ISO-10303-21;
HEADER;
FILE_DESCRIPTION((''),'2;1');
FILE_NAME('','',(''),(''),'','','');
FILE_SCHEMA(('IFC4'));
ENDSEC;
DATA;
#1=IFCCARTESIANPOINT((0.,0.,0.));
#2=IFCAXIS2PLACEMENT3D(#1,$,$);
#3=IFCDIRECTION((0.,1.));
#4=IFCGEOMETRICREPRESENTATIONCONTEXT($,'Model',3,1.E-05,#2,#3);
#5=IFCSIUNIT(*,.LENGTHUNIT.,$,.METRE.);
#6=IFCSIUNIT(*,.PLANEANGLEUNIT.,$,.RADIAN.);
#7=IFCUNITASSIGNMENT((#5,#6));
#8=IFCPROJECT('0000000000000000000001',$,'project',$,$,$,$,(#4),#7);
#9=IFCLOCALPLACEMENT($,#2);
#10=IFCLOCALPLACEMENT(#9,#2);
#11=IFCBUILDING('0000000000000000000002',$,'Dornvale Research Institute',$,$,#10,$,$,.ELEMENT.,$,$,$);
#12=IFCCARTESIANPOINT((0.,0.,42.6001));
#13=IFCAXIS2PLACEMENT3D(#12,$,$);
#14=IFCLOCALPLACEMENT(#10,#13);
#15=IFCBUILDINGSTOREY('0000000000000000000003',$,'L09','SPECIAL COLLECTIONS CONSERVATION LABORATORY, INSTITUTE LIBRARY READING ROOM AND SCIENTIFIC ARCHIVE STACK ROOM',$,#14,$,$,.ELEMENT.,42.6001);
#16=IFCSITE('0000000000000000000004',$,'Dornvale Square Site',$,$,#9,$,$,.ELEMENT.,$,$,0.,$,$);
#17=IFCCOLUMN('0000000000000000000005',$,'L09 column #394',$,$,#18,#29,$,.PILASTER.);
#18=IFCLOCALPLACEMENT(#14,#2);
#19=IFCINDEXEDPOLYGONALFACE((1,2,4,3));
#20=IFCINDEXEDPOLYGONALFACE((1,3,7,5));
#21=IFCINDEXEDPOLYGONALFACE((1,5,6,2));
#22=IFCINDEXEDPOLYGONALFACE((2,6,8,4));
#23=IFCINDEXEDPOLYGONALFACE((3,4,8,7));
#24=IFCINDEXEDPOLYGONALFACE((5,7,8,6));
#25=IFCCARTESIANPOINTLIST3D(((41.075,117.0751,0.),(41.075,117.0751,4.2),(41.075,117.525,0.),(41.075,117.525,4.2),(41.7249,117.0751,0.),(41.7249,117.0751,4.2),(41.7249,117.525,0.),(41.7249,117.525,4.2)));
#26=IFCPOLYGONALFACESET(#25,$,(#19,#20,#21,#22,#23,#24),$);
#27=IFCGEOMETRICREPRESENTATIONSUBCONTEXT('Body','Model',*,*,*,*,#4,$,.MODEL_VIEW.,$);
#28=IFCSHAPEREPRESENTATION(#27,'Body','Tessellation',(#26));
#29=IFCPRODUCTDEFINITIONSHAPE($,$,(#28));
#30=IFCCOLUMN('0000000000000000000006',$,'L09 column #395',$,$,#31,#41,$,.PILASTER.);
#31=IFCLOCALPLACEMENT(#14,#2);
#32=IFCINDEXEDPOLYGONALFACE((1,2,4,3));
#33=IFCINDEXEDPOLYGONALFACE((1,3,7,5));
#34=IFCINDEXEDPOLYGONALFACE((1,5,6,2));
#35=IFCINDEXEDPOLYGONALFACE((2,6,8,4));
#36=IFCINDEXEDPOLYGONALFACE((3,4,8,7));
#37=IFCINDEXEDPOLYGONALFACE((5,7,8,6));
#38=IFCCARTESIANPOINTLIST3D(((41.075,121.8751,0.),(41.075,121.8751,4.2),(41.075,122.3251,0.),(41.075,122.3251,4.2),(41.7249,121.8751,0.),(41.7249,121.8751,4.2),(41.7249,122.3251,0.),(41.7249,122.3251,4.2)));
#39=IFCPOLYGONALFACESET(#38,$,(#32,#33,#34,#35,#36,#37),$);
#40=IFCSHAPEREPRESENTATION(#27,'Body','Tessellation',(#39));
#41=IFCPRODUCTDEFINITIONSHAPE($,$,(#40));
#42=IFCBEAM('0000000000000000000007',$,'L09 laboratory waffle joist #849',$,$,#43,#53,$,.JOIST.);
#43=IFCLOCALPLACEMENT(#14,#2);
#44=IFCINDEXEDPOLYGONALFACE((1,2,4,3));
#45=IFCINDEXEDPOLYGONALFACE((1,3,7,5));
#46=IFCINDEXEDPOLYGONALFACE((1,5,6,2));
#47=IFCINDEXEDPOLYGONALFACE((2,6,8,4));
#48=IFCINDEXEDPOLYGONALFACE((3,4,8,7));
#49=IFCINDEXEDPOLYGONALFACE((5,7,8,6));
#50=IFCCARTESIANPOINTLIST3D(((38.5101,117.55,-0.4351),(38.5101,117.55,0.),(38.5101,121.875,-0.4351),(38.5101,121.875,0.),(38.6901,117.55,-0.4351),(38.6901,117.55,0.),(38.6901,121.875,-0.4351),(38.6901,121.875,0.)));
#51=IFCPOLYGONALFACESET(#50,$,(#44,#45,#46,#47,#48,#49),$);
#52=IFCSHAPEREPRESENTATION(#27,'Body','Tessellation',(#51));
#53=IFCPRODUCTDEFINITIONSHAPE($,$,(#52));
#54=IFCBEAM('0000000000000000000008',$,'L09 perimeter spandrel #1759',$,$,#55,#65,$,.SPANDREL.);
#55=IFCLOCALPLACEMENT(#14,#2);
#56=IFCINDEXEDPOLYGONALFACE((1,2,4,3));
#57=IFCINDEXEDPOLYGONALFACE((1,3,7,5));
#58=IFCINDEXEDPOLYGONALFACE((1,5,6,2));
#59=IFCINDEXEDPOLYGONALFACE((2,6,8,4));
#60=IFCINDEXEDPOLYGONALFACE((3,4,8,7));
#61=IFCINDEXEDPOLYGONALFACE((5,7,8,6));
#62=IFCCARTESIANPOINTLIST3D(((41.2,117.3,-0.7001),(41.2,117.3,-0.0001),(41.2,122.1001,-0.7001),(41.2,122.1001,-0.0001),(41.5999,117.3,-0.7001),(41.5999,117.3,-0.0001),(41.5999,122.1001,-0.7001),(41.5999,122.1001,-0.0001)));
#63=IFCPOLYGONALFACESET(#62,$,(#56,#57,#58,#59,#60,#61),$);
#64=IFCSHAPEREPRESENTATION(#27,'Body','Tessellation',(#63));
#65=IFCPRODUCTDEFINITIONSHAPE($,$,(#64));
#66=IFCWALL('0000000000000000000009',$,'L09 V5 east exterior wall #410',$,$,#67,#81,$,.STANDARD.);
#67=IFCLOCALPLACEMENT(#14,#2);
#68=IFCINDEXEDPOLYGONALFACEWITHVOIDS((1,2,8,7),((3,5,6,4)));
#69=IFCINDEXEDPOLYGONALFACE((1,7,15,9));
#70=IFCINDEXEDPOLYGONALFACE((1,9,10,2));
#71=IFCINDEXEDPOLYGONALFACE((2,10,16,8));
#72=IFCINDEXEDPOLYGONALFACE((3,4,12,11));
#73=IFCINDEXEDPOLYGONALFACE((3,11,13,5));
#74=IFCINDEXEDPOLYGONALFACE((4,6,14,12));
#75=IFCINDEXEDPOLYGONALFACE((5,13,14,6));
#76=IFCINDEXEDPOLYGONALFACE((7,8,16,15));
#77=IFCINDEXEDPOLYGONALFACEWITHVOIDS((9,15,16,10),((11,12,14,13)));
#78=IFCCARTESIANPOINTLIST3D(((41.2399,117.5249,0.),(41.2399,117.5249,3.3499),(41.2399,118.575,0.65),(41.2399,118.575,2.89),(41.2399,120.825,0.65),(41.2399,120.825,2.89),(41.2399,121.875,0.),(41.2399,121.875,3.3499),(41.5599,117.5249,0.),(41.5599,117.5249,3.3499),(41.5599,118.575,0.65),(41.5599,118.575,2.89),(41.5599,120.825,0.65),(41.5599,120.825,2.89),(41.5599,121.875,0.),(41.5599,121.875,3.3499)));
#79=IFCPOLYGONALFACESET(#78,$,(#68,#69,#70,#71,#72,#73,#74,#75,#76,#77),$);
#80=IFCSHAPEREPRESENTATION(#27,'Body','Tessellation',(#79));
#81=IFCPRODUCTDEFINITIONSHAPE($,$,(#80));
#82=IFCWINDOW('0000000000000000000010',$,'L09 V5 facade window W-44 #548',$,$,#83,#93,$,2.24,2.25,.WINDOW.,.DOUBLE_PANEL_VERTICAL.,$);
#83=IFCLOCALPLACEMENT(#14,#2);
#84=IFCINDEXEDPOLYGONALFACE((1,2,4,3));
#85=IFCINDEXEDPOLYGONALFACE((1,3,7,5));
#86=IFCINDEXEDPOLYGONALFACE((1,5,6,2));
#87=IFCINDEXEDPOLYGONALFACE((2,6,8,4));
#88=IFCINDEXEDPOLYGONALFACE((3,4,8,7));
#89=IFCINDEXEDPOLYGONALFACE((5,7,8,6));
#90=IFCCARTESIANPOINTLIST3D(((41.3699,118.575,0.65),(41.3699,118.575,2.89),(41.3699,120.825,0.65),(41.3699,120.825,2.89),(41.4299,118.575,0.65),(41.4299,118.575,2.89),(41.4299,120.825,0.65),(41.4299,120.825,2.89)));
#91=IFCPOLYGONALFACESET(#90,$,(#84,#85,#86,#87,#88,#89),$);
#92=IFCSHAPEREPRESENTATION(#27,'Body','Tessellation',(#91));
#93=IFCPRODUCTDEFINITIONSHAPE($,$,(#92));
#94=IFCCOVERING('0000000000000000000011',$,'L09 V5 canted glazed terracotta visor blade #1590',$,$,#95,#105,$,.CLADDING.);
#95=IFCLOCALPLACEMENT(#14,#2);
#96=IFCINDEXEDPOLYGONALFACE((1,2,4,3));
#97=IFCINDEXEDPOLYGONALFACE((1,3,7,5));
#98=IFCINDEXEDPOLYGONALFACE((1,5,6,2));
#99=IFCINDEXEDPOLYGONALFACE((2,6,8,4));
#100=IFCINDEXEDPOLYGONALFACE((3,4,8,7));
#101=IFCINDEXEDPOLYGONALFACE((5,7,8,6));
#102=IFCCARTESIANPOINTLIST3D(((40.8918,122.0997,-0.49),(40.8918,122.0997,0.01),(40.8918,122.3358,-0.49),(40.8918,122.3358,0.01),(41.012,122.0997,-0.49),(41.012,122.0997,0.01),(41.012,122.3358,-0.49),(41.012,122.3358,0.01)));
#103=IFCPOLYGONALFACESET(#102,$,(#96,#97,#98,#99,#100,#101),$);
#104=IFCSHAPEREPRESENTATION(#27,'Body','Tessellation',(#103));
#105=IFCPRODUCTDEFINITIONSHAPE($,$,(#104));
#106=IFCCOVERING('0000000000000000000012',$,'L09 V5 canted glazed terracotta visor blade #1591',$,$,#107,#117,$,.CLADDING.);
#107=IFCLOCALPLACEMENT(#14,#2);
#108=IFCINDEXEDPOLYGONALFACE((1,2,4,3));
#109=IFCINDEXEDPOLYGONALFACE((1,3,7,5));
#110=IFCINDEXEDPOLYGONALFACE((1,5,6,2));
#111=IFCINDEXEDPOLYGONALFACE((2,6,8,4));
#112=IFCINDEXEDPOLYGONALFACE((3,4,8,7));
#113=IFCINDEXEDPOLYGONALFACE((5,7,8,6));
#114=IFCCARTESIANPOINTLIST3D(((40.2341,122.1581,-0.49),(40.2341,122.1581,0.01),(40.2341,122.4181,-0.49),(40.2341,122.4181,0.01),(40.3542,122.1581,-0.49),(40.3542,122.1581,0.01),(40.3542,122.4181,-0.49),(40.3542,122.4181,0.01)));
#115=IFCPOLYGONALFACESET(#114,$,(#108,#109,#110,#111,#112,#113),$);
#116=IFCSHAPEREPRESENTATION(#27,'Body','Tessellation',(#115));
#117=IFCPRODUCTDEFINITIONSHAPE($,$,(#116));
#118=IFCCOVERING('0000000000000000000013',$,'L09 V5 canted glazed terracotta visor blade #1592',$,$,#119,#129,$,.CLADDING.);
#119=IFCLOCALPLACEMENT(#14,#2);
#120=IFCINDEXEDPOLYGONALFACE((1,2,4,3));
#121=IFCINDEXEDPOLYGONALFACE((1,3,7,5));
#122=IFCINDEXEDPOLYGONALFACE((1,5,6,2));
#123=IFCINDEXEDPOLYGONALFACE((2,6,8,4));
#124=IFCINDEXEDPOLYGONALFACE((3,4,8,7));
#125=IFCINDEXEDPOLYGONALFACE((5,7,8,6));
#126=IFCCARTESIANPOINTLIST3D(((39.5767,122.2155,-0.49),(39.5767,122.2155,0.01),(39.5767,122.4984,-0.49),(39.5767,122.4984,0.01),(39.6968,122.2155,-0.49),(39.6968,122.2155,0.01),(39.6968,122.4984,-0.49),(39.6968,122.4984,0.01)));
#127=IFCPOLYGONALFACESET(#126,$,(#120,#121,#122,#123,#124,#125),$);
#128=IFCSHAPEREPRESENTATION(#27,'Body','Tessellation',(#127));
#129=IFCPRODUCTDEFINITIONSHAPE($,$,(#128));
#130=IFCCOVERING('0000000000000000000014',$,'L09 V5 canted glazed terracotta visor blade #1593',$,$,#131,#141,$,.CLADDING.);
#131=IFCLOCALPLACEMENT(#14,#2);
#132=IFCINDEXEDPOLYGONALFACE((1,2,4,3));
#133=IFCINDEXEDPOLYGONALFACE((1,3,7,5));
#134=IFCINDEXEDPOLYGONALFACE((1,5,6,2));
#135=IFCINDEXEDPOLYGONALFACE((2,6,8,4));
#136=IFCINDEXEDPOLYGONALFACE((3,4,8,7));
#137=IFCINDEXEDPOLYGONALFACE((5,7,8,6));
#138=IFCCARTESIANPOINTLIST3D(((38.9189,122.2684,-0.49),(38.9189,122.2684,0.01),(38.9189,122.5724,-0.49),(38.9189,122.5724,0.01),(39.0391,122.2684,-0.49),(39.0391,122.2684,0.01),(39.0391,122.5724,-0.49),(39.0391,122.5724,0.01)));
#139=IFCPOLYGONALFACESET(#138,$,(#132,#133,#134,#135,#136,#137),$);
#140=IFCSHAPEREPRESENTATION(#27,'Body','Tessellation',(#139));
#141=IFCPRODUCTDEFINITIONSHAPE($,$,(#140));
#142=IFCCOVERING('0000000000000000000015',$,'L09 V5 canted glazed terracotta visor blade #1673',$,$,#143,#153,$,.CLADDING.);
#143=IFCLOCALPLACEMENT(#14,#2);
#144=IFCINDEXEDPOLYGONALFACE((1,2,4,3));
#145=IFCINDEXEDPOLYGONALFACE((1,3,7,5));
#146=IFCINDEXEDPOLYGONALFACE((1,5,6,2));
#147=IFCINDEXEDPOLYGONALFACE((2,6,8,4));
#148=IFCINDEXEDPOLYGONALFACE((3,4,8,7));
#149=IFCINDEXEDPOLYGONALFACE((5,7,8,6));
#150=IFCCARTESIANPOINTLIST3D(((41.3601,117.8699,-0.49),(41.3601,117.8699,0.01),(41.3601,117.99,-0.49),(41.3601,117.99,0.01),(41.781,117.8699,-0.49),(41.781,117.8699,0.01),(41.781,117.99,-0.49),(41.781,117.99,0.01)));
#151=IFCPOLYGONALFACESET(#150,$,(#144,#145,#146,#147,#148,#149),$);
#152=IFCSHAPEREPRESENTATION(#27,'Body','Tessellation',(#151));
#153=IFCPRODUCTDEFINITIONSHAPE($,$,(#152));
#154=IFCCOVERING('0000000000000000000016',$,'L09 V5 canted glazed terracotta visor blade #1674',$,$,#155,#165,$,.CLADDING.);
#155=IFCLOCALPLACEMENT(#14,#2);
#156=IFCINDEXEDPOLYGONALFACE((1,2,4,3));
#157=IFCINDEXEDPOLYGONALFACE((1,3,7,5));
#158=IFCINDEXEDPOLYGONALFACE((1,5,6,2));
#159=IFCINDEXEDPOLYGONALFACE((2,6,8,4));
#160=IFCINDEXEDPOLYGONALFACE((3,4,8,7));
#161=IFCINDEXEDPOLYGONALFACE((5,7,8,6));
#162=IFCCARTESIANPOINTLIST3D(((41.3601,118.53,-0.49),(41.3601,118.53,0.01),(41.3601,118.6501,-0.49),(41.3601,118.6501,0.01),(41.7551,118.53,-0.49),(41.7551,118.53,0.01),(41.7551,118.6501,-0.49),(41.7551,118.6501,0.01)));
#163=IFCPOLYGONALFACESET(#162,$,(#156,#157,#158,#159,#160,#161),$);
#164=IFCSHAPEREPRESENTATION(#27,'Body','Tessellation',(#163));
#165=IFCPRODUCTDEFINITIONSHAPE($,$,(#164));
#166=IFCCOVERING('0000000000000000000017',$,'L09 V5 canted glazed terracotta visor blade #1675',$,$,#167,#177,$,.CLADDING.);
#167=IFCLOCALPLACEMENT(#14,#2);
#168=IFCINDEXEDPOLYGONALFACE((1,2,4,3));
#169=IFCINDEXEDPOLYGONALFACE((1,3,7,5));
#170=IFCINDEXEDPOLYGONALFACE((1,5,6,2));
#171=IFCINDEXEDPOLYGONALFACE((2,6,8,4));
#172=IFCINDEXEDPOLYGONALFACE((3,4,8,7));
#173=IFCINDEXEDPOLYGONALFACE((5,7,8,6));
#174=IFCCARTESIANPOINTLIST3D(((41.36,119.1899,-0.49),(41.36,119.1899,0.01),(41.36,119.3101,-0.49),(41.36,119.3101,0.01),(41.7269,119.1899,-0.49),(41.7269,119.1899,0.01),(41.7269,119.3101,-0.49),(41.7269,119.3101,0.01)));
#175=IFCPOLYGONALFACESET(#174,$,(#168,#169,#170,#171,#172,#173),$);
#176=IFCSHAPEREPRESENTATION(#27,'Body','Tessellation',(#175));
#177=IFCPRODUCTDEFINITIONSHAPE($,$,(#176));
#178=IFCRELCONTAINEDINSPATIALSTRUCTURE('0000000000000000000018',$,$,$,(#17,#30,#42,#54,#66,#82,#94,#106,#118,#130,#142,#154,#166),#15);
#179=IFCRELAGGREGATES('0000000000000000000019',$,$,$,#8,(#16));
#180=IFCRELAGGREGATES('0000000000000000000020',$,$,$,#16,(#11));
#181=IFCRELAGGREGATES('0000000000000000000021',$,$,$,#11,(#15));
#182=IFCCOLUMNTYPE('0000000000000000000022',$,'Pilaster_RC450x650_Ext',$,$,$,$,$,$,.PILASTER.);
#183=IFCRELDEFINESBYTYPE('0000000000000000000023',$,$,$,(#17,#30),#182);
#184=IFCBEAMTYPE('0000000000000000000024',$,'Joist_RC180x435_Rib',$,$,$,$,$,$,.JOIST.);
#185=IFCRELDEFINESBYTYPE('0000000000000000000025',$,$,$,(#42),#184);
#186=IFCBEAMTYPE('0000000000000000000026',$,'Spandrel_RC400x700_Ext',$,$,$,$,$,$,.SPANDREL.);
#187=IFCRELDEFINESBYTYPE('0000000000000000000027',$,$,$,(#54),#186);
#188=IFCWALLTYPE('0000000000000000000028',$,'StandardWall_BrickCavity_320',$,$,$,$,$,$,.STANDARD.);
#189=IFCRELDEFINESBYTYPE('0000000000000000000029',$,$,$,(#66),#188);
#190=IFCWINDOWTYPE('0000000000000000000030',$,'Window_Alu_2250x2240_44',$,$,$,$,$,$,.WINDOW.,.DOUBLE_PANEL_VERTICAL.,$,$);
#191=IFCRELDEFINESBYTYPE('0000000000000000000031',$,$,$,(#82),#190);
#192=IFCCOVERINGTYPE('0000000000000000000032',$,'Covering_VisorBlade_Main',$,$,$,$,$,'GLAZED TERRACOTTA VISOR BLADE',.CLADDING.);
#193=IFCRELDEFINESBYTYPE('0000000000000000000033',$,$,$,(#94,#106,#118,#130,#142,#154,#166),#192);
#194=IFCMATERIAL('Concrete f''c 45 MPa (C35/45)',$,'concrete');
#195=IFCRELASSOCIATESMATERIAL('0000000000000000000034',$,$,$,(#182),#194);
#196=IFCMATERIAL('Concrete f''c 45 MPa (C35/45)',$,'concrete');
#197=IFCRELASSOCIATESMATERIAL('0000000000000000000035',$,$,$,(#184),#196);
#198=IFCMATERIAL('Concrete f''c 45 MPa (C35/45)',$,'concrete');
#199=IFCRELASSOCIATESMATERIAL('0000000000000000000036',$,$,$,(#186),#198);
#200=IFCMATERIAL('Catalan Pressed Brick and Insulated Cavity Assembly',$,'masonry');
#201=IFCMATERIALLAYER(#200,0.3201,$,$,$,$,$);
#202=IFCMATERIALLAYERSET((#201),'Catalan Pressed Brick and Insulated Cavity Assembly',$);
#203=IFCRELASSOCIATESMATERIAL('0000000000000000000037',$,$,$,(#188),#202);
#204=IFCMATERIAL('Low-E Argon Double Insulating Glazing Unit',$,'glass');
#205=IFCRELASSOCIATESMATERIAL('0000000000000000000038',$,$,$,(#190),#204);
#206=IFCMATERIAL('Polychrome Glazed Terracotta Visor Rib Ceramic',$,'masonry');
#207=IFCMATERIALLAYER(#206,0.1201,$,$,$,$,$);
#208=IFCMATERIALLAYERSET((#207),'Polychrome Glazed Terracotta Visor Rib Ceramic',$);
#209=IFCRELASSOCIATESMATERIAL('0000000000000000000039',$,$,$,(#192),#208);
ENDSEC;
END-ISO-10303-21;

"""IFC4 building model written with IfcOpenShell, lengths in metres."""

from ifc_helpers import new_model, si_unit, direction, frame, frame_2d, origin, origin_2d, place, context, subcontext, project, spatial, rectangle, extrude, material, layer, layer_set, material_profile, profile_set, type_object, element, fill, save


model = new_model("IFC4")

# Units and contexts
model_context = context("Model", 3, precision=1e-05, world=origin(), true_north=direction((0.0, 1.0)))
body_context = subcontext(model_context, "Body", "Model", "MODEL_VIEW")
ifc_project = project(units=[si_unit("LENGTHUNIT", "METRE"), si_unit("PLANEANGLEUNIT", "RADIAN")], contexts=[model_context])

# Site, building, storey
site_placement = place(None, origin())
site = spatial("IfcSite", under=ifc_project, at=site_placement, Name="Dornvale Square Site", CompositionType="ELEMENT", RefElevation=0.0)
building_placement = place(site_placement, origin())
building = spatial("IfcBuilding", under=site, at=building_placement, Name="Dornvale Research Institute", CompositionType="ELEMENT")
storey_placement = place(building_placement, frame((0.0, 0.0, 42.6001)))
storey = spatial("IfcBuildingStorey", under=building, at=storey_placement, Name="L09", Description="SPECIAL COLLECTIONS CONSERVATION LABORATORY, INSTITUTE LIBRARY READING ROOM AND SCIENTIFIC ARCHIVE STACK ROOM", CompositionType="ELEMENT", Elevation=42.6001)

# Columns
ifc_material_1 = material(Name="Concrete f'c 45 MPa (C35/45)", Category="concrete")
ifc_material_profile_1 = material_profile(ifc_material_1, rectangle(XDim=0.45, YDim=0.6499, at=origin_2d()), Name="RC 450x650")
ifc_profile_set_1 = profile_set([ifc_material_profile_1], Name="Concrete f'c 45 MPa (C35/45)")
column_type = type_object("IfcColumnType", Name="Pilaster_RC450x650_Ext", PredefinedType="PILASTER", material=ifc_profile_set_1)
for number, where, z_axis, x_axis, name in (
    (1, (41.3999, 117.3, 0.0), (0.0, 0.0, 1.0), (0.0, 1.0, 0.0), "L09 column #394"),
    (2, (41.3999, 122.1001, 0.0), (0.0, 0.0, 1.0), (0.0, 1.0, 0.0), "L09 column #395"),
):
    element("IfcColumn", number, at=place(storey_placement, frame(where, z_axis=z_axis, x_axis=x_axis)), inside=storey, type_object=column_type, Name=name, PredefinedType="PILASTER", context=body_context, shape_type="SweptSolid", body=[
        extrude(rectangle(XDim=0.45, YDim=0.6499, at=origin_2d()), origin(), (0.0, 0.0, 1.0), 4.2),
    ])

# Beams
ifc_material_2 = material(Name="Concrete f'c 45 MPa (C35/45)", Category="concrete")
ifc_material_profile_2 = material_profile(ifc_material_2, rectangle(XDim=0.1799, YDim=0.4351, at=origin_2d()), Name="RC 180x435")
ifc_profile_set_2 = profile_set([ifc_material_profile_2], Name="Concrete f'c 45 MPa (C35/45)")
beam_type_1 = type_object("IfcBeamType", Name="Joist_RC180x435_Rib", PredefinedType="JOIST", material=ifc_profile_set_2)
beam_1_placement = place(storey_placement, frame((38.6001, 117.55, -0.2175), z_axis=(0.0, 1.0, 0.0), x_axis=(-1.0, 0.0, 0.0)))
element("IfcBeam", 3, at=beam_1_placement, inside=storey, type_object=beam_type_1, Name="L09 laboratory waffle joist #849", PredefinedType="JOIST", context=body_context, shape_type="SweptSolid", body=[
    extrude(rectangle(XDim=0.1799, YDim=0.4351, at=origin_2d()), origin(), (0.0, 0.0, 1.0), 4.325),
])
ifc_material_3 = material(Name="Concrete f'c 45 MPa (C35/45)", Category="concrete")
ifc_material_profile_3 = material_profile(ifc_material_3, rectangle(XDim=0.3999, YDim=0.7, at=origin_2d()), Name="RC 400x700")
ifc_profile_set_3 = profile_set([ifc_material_profile_3], Name="Concrete f'c 45 MPa (C35/45)")
beam_type_2 = type_object("IfcBeamType", Name="Spandrel_RC400x700_Ext", PredefinedType="SPANDREL", material=ifc_profile_set_3)
beam_2_placement = place(storey_placement, frame((41.3999, 117.3, -0.3501), z_axis=(0.0, 1.0, 0.0), x_axis=(-1.0, 0.0, 0.0)))
element("IfcBeam", 4, at=beam_2_placement, inside=storey, type_object=beam_type_2, Name="L09 perimeter spandrel #1759", PredefinedType="SPANDREL", context=body_context, shape_type="SweptSolid", body=[
    extrude(rectangle(XDim=0.3999, YDim=0.7, at=origin_2d()), origin(), (0.0, 0.0, 1.0), 4.8),
])

# Wall, opening, window
ifc_material_4 = material(Name="Catalan Pressed Brick and Insulated Cavity Assembly", Category="masonry")
ifc_layer_1 = layer(ifc_material_4, 0.3201)
ifc_layer_set_1 = layer_set([ifc_layer_1], Name="Catalan Pressed Brick and Insulated Cavity Assembly")
wall_type = type_object("IfcWallType", Name="StandardWall_BrickCavity_320", PredefinedType="STANDARD", material=ifc_layer_set_1)
wall_placement = place(storey_placement, frame((41.3999, 121.875, 0.0), z_axis=(0.0, 0.0, 1.0), x_axis=(0.0, -1.0, 0.0)))
wall = element("IfcWall", 5, at=wall_placement, inside=storey, type_object=wall_type, Name="L09 V5 east exterior wall #410", PredefinedType="STANDARD", context=body_context, shape_type="SweptSolid", body=[
    extrude(rectangle(XDim=4.3501, YDim=0.3201, at=frame_2d((2.175, 0.0))), origin(), (0.0, 0.0, 1.0), 3.3499),
])
opening_placement = place(wall_placement, frame((1.05, 0.0, 0.6499)))
opening = element("IfcOpeningElement", 6, at=opening_placement, cuts=wall, PredefinedType="OPENING", context=body_context, shape_type="SweptSolid", body=[
    extrude(rectangle(XDim=2.25, YDim=2.24, at=frame_2d((1.125, 1.1201))), frame((0.0, 0.175, 0.0), z_axis=(0.0, -1.0, 0.0), x_axis=(1.0, 0.0, 0.0)), (0.0, 0.0, 1.0), 0.3501),
])
ifc_material_5 = material(Name="Low-E Argon Double Insulating Glazing Unit", Category="glass")
window_type = type_object("IfcWindowType", Name="Window_Alu_2250x2240_44", PartitioningType="DOUBLE_PANEL_VERTICAL", PredefinedType="WINDOW", material=ifc_material_5)
window_placement = place(opening_placement, origin())
window = element("IfcWindow", 7, at=window_placement, inside=storey, type_object=window_type, Name="L09 V5 facade window W-44 #548", OverallHeight=2.24, OverallWidth=2.25, PartitioningType="DOUBLE_PANEL_VERTICAL", PredefinedType="WINDOW", context=body_context, shape_type="SweptSolid", body=[
    extrude(rectangle(XDim=2.25, YDim=2.24, at=frame_2d((1.125, 1.1201))), frame((0.0, 0.03, 0.0), z_axis=(0.0, -1.0, 0.0), x_axis=(1.0, 0.0, 0.0)), (0.0, 0.0, 1.0), 0.0601),
])
fill(opening, window)

# Coverings
ifc_material_6 = material(Name="Polychrome Glazed Terracotta Visor Rib Ceramic", Category="masonry")
ifc_layer_2 = layer(ifc_material_6, 0.1201)
ifc_layer_set_2 = layer_set([ifc_layer_2], Name="Polychrome Glazed Terracotta Visor Rib Ceramic")
covering_type = type_object("IfcCoveringType", Name="Covering_VisorBlade_Main", ElementType="GLAZED TERRACOTTA VISOR BLADE", PredefinedType="CLADDING", material=ifc_layer_set_2)
covering_1_placement = place(storey_placement, frame((40.9519, 122.2178, -0.49), z_axis=(0.0, 0.0, 1.0), x_axis=(0.0, 1.0, 0.0)))
element("IfcCovering", 8, at=covering_1_placement, inside=storey, type_object=covering_type, Name="L09 V5 canted glazed terracotta visor blade #1590", PredefinedType="CLADDING", context=body_context, shape_type="SweptSolid", body=[
    extrude(rectangle(XDim=0.2361, YDim=0.1201, at=origin_2d()), origin(), (0.0, 0.0, 1.0), 0.5),
])
covering_2_placement = place(storey_placement, frame((40.2942, 122.2881, -0.49), z_axis=(0.0, 0.0, 1.0), x_axis=(0.0, 1.0, 0.0)))
element("IfcCovering", 9, at=covering_2_placement, inside=storey, type_object=covering_type, Name="L09 V5 canted glazed terracotta visor blade #1591", PredefinedType="CLADDING", context=body_context, shape_type="SweptSolid", body=[
    extrude(rectangle(XDim=0.26, YDim=0.1201, at=origin_2d()), origin(), (0.0, 0.0, 1.0), 0.5),
])
covering_3_placement = place(storey_placement, frame((39.6367, 122.3569, -0.49), z_axis=(0.0, 0.0, 1.0), x_axis=(0.0, 1.0, 0.0)))
element("IfcCovering", 10, at=covering_3_placement, inside=storey, type_object=covering_type, Name="L09 V5 canted glazed terracotta visor blade #1592", PredefinedType="CLADDING", context=body_context, shape_type="SweptSolid", body=[
    extrude(rectangle(XDim=0.283, YDim=0.1201, at=origin_2d()), origin(), (0.0, 0.0, 1.0), 0.5),
])
covering_4_placement = place(storey_placement, frame((38.979, 122.4204, -0.49), z_axis=(0.0, 0.0, 1.0), x_axis=(0.0, 1.0, 0.0)))
element("IfcCovering", 11, at=covering_4_placement, inside=storey, type_object=covering_type, Name="L09 V5 canted glazed terracotta visor blade #1593", PredefinedType="CLADDING", context=body_context, shape_type="SweptSolid", body=[
    extrude(rectangle(XDim=0.304, YDim=0.1201, at=origin_2d()), origin(), (0.0, 0.0, 1.0), 0.5),
])
covering_5_placement = place(storey_placement, frame((41.5706, 117.9299, -0.49), z_axis=(0.0, 0.0, 1.0), x_axis=(1.0, 0.0, 0.0)))
element("IfcCovering", 12, at=covering_5_placement, inside=storey, type_object=covering_type, Name="L09 V5 canted glazed terracotta visor blade #1673", PredefinedType="CLADDING", context=body_context, shape_type="SweptSolid", body=[
    extrude(rectangle(XDim=0.4209, YDim=0.1201, at=origin_2d()), origin(), (0.0, 0.0, 1.0), 0.5),
])
covering_6_placement = place(storey_placement, frame((41.5576, 118.5901, -0.49), z_axis=(0.0, 0.0, 1.0), x_axis=(1.0, 0.0, 0.0)))
element("IfcCovering", 13, at=covering_6_placement, inside=storey, type_object=covering_type, Name="L09 V5 canted glazed terracotta visor blade #1674", PredefinedType="CLADDING", context=body_context, shape_type="SweptSolid", body=[
    extrude(rectangle(XDim=0.395, YDim=0.1201, at=origin_2d()), origin(), (0.0, 0.0, 1.0), 0.5),
])
covering_7_placement = place(storey_placement, frame((41.5435, 119.25, -0.49), z_axis=(0.0, 0.0, 1.0), x_axis=(1.0, 0.0, 0.0)))
element("IfcCovering", 14, at=covering_7_placement, inside=storey, type_object=covering_type, Name="L09 V5 canted glazed terracotta visor blade #1675", PredefinedType="CLADDING", context=body_context, shape_type="SweptSolid", body=[
    extrude(rectangle(XDim=0.3669, YDim=0.1201, at=origin_2d()), origin(), (0.0, 0.0, 1.0), 0.5),
])

save(model, "model.ifc")
